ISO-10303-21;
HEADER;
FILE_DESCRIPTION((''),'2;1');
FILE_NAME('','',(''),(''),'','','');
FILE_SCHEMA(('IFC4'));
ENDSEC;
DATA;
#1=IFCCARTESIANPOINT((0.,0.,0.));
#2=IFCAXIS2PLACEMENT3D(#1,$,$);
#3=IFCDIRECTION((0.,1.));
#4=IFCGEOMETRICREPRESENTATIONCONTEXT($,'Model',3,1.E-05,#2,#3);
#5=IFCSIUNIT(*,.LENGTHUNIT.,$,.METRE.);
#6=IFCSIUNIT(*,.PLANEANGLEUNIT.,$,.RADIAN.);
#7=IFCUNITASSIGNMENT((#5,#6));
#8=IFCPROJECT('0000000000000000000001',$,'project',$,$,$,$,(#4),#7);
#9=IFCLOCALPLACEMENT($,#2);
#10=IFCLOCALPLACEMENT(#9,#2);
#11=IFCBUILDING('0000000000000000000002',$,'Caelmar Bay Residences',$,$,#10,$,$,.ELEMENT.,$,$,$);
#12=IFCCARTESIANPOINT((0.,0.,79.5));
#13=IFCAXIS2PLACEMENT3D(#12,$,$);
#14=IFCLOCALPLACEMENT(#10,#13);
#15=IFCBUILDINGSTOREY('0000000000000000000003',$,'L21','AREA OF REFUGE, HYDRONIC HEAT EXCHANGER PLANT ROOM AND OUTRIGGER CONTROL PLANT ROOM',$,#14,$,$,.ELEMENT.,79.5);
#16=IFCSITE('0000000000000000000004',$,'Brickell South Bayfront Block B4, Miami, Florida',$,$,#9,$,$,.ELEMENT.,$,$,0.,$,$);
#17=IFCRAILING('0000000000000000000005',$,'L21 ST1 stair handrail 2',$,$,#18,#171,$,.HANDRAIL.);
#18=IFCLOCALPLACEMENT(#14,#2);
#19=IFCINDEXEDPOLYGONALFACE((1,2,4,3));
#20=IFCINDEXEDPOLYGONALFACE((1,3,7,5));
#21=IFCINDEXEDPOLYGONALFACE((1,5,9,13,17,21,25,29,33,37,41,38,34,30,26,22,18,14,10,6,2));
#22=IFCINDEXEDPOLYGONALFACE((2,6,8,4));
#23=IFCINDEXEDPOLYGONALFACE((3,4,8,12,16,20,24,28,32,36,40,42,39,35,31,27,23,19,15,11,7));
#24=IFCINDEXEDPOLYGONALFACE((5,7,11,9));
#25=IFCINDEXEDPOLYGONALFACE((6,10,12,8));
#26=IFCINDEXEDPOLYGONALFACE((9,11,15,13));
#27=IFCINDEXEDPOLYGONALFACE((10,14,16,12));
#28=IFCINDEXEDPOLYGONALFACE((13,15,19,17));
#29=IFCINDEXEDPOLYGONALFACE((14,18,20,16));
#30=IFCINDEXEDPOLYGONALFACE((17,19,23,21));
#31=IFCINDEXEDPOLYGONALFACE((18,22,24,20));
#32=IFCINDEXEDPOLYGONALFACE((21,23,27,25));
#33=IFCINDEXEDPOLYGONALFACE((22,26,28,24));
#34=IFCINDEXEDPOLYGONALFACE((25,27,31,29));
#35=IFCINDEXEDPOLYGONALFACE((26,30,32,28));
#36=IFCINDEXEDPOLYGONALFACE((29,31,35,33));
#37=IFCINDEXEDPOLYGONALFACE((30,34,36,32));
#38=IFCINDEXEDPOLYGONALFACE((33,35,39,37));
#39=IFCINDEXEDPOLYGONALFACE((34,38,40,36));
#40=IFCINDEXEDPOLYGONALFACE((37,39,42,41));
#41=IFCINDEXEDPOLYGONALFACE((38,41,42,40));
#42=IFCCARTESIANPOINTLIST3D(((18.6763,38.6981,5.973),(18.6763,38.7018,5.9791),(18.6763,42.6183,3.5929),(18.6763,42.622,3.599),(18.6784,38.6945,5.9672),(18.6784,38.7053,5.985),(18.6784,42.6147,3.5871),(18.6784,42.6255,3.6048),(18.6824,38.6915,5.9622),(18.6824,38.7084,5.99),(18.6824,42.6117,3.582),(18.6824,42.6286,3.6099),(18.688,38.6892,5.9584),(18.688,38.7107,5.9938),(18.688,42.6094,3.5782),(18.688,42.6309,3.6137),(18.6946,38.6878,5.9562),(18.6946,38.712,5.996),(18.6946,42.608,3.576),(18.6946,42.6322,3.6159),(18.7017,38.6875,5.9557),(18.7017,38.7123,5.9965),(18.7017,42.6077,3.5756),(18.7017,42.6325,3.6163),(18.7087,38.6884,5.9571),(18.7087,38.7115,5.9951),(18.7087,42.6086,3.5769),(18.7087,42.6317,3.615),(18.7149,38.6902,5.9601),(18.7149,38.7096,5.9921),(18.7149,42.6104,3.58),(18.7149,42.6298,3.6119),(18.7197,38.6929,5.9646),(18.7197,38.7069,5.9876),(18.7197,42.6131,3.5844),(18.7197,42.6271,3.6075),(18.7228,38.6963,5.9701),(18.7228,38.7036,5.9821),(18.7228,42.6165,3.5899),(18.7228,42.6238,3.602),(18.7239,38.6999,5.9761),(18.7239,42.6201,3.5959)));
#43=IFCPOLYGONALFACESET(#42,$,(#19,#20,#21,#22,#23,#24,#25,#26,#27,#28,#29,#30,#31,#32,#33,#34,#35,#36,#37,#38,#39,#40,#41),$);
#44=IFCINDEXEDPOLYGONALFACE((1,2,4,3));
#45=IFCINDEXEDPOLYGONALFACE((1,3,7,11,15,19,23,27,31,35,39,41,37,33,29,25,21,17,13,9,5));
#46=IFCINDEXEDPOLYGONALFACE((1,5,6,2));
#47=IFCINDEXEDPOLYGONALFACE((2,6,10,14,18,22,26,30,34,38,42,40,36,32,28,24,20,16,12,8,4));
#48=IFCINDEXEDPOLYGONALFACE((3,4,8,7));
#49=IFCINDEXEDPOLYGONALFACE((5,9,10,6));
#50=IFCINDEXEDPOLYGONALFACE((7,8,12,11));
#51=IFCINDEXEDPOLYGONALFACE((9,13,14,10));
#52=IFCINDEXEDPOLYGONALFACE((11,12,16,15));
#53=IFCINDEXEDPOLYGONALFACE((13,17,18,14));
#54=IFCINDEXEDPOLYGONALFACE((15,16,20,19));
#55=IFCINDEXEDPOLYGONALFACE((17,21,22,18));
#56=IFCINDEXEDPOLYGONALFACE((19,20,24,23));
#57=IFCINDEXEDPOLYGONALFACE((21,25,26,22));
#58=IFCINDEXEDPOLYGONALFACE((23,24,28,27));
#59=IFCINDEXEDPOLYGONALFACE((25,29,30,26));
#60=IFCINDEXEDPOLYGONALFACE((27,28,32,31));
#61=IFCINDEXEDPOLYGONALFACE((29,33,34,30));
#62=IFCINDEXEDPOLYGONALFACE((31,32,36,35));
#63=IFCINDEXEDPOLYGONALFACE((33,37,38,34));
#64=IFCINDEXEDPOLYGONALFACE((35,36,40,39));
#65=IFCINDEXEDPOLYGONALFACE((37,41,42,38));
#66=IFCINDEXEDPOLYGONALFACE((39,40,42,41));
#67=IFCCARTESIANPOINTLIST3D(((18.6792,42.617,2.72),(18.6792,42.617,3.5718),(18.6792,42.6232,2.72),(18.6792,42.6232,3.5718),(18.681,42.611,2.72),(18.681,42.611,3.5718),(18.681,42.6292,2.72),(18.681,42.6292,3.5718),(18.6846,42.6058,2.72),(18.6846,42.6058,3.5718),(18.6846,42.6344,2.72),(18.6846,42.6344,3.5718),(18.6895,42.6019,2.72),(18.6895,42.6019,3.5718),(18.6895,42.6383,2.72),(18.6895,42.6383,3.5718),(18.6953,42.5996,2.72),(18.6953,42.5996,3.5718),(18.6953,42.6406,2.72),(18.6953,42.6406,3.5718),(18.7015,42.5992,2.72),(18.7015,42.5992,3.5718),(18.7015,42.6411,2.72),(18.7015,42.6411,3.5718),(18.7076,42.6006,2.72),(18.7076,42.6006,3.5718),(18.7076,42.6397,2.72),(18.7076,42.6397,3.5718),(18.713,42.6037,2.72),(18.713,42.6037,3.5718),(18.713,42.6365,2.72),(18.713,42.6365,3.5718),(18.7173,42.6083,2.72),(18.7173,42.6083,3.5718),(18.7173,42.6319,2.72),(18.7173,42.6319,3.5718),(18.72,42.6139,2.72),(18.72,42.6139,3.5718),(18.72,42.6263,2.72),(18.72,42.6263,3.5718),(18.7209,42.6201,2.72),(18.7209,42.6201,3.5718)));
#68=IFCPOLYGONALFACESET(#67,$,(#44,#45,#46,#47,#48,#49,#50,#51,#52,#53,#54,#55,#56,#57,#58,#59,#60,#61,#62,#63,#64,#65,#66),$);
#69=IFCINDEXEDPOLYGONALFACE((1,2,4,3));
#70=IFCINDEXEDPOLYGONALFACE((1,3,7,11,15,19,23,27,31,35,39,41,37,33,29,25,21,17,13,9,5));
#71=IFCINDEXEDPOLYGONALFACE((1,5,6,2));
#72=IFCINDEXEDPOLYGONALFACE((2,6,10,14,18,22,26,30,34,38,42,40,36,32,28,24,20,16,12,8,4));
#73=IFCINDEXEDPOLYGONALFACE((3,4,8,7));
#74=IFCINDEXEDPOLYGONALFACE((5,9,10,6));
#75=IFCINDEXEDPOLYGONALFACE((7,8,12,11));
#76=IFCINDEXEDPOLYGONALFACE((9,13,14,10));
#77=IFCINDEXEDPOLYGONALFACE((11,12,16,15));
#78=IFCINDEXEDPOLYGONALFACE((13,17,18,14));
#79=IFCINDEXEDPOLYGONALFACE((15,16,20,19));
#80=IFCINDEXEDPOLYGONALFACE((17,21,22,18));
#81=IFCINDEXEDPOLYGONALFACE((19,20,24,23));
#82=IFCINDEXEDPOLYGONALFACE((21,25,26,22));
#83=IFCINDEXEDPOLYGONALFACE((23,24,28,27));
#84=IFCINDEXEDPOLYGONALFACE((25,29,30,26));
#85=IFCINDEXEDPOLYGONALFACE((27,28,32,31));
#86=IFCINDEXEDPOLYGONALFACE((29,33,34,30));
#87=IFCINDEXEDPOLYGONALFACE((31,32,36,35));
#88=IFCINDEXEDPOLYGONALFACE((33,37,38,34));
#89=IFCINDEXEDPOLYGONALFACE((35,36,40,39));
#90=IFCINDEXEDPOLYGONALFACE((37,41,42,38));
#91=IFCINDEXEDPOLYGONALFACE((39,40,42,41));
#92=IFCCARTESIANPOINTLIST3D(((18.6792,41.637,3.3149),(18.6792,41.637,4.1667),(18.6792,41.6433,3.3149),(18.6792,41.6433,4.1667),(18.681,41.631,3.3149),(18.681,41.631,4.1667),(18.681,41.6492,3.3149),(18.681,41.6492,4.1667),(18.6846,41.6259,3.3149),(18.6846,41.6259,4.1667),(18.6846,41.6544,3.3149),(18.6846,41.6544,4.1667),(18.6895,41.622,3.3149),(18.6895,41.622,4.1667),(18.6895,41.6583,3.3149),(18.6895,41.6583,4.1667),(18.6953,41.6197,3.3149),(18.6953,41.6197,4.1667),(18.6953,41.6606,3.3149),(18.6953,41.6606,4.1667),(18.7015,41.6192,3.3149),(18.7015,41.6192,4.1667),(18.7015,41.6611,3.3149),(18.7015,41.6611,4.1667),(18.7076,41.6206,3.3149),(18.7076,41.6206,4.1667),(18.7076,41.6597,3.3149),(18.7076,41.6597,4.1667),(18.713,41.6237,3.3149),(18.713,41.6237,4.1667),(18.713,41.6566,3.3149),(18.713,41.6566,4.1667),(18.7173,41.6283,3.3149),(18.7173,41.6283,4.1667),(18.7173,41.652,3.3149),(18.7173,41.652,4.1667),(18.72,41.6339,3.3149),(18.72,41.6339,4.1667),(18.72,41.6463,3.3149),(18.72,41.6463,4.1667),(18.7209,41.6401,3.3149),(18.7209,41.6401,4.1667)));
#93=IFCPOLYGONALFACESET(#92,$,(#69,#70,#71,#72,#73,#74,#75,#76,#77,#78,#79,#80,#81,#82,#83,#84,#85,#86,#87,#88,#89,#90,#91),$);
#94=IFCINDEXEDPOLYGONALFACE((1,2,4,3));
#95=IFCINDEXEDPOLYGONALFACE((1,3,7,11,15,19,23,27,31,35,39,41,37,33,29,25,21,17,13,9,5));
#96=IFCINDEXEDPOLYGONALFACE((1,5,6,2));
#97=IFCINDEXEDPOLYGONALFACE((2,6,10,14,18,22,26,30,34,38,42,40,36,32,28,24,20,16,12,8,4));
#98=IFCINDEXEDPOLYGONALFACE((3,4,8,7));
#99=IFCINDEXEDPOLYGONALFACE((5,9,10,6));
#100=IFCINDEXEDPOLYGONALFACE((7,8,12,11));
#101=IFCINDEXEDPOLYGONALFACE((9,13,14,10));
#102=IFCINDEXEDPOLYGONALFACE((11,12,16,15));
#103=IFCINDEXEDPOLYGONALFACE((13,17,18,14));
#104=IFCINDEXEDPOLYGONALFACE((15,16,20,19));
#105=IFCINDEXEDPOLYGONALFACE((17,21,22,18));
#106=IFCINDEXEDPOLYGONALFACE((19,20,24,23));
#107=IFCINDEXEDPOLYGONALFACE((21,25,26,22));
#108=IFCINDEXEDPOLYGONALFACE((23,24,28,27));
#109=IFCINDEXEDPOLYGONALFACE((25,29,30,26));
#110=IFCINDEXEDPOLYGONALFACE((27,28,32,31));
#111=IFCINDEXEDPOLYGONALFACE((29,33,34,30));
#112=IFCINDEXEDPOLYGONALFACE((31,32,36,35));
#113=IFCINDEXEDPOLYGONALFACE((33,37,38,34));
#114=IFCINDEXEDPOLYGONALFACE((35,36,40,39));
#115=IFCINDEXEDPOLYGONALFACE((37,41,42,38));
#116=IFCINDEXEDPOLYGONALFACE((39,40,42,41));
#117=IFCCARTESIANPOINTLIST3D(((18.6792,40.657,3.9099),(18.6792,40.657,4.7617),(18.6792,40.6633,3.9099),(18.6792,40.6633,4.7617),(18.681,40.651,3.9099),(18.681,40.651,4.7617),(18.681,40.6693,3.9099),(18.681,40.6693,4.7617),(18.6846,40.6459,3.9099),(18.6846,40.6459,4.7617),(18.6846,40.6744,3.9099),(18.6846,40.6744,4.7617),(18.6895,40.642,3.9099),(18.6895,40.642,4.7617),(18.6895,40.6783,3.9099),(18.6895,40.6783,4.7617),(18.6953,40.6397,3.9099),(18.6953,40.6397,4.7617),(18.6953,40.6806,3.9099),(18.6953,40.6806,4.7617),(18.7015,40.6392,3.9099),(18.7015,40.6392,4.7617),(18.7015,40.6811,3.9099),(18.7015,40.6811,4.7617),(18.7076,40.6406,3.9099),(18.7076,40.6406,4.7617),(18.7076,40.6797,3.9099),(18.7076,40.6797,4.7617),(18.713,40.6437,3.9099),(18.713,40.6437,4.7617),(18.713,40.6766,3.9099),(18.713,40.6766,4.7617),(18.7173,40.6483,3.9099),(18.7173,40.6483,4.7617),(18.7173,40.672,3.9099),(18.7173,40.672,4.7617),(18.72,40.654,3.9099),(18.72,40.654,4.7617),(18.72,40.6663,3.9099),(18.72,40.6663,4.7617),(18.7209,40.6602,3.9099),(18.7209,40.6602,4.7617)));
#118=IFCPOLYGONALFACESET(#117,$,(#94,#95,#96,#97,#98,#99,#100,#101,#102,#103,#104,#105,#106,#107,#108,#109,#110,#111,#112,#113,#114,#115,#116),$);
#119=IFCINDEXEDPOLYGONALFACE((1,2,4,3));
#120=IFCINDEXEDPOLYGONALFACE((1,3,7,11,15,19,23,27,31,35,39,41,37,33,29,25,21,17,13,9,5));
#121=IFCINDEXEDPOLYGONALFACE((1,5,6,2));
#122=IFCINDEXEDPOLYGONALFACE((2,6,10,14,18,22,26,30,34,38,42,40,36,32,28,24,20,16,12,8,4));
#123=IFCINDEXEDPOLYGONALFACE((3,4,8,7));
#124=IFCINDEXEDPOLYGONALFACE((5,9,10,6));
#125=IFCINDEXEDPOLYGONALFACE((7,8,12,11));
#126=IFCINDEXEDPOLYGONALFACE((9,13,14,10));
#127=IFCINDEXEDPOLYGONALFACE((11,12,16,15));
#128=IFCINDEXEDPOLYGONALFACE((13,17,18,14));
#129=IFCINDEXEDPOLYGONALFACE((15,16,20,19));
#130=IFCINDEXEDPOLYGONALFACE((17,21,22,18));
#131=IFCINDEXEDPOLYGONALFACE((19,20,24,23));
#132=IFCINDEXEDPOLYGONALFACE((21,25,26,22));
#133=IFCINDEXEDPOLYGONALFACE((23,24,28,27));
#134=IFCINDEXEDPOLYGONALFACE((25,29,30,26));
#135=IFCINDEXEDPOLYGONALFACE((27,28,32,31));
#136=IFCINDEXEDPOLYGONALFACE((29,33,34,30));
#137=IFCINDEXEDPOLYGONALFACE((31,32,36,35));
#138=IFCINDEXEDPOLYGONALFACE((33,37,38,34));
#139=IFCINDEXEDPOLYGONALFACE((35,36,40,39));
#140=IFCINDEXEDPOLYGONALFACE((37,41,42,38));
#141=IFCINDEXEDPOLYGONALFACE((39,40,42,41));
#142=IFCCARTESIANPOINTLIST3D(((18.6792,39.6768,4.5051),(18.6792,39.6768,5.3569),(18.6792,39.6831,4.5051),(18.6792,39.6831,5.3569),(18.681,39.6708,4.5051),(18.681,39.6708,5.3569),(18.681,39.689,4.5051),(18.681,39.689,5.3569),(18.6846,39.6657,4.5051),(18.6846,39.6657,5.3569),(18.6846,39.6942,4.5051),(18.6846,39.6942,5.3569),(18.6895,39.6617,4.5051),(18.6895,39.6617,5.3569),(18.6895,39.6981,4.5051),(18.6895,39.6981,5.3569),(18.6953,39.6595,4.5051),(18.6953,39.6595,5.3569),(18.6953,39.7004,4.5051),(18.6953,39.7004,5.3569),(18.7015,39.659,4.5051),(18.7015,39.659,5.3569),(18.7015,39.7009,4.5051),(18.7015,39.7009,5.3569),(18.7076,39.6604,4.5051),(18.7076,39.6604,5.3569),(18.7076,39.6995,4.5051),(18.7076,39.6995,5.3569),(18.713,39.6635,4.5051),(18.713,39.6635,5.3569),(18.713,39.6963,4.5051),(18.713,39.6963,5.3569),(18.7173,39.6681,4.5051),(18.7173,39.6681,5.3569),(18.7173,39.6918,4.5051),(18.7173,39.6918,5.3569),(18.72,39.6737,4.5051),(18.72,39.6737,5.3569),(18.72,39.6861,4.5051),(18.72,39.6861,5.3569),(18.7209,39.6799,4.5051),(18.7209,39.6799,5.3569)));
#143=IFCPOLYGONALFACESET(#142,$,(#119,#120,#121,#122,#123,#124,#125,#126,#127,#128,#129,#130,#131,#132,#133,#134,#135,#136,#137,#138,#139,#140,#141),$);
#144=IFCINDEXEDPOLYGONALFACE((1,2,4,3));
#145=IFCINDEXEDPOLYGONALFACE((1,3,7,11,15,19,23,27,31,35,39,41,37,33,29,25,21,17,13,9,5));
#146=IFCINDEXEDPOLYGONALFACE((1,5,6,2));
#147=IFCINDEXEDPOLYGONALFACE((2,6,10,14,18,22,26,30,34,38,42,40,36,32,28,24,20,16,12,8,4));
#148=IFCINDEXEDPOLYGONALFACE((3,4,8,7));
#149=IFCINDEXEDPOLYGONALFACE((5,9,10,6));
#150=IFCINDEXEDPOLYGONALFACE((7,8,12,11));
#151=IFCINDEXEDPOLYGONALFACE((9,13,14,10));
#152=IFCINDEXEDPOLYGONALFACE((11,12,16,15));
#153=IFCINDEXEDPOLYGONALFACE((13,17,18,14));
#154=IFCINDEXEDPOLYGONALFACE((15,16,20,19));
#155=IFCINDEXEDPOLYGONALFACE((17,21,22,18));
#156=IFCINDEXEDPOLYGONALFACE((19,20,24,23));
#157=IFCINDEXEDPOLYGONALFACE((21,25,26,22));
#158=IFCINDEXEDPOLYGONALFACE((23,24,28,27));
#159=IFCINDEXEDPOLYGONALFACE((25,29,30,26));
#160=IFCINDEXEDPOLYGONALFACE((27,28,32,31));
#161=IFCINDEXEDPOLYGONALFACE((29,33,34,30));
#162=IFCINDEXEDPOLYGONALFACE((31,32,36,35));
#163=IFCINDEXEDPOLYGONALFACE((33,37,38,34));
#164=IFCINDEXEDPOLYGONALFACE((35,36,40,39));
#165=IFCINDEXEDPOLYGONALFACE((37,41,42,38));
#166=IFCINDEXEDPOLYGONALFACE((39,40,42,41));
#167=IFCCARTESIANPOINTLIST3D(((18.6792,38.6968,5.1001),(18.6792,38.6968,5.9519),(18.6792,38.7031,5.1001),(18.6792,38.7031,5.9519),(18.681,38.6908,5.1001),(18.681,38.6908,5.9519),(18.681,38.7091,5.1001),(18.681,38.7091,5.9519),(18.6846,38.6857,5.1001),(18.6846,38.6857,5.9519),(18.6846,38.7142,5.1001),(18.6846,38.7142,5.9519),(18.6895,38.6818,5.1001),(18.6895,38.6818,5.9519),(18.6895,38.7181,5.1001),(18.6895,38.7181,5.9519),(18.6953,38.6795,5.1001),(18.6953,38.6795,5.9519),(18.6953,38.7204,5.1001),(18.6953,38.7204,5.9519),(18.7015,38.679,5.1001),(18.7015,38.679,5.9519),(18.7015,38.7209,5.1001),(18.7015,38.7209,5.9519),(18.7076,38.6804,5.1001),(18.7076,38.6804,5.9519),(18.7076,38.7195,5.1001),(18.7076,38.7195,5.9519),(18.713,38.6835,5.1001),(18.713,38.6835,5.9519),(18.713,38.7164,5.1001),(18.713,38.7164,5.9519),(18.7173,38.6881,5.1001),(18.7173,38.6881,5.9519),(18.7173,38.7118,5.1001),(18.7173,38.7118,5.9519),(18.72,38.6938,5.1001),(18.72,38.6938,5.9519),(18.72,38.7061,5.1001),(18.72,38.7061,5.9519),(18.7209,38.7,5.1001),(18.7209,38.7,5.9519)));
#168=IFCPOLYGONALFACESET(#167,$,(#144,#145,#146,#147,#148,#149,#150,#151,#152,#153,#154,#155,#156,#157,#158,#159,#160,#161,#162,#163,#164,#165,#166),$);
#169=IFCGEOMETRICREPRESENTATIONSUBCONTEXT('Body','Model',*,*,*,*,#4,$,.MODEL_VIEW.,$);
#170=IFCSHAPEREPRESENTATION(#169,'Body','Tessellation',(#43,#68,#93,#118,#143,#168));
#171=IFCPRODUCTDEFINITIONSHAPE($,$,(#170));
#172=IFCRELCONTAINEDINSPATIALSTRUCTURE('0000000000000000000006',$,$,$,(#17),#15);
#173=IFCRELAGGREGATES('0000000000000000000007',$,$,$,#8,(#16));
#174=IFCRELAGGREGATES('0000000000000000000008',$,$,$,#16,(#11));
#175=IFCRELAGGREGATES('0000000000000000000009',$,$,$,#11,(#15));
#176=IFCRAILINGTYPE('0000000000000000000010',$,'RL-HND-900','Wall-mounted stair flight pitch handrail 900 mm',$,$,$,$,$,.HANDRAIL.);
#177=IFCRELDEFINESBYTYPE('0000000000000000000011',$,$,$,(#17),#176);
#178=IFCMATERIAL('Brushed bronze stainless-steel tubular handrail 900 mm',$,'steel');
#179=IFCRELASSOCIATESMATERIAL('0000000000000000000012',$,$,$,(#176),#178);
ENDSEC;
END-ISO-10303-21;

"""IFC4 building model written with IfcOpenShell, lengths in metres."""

from ifc_helpers import new_model, si_unit, direction, frame, origin, origin_2d, place, context, subcontext, project, spatial, circle, extrude, material, type_object, element, save


model = new_model("IFC4")

# Units and contexts
model_context = context("Model", 3, precision=1e-05, world=origin(), true_north=direction((0.0, 1.0)))
body_context = subcontext(model_context, "Body", "Model", "MODEL_VIEW")
ifc_project = project(units=[si_unit("LENGTHUNIT", "METRE"), si_unit("PLANEANGLEUNIT", "RADIAN")], contexts=[model_context])

# Site, building, storey
site_placement = place(None, origin())
site = spatial("IfcSite", under=ifc_project, at=site_placement, Name="Brickell South Bayfront Block B4, Miami, Florida", CompositionType="ELEMENT", RefElevation=0.0)
building_placement = place(site_placement, origin())
building = spatial("IfcBuilding", under=site, at=building_placement, Name="Caelmar Bay Residences", CompositionType="ELEMENT")
storey_placement = place(building_placement, frame((0.0, 0.0, 79.5)))
storey = spatial("IfcBuildingStorey", under=building, at=storey_placement, Name="L21", Description="AREA OF REFUGE, HYDRONIC HEAT EXCHANGER PLANT ROOM AND OUTRIGGER CONTROL PLANT ROOM", CompositionType="ELEMENT", Elevation=79.5)

# Railing
ifc_material_1 = material(Name="Brushed bronze stainless-steel tubular handrail 900 mm", Category="steel")
railing_type_1 = type_object("IfcRailingType", Name="RL-HND-900", Description="Wall-mounted stair flight pitch handrail 900 mm", PredefinedType="HANDRAIL", material=ifc_material_1)
railing_1_placement = place(storey_placement, frame((18.7, 42.6201, 2.72)))
element("IfcRailing", 1, at=railing_1_placement, inside=storey, type_object=railing_type_1, Name="L21 ST1 stair handrail 2", PredefinedType="HANDRAIL", context=body_context, shape_type="SweptSolid", body=[
    extrude(circle(Radius=0.0239, at=origin_2d()), frame((0.0, 0.0, 0.876), z_axis=(0.0, -0.854785, 0.518982), x_axis=(1.0, 0.0, 0.0)), (0.0, 0.0, 1.0), 4.5862),
    extrude(circle(Radius=0.021, at=origin_2d()), origin(), (0.0, 0.0, 1.0), 0.8518),
    extrude(circle(Radius=0.021, at=origin_2d()), frame((0.0, -0.98, 0.595)), (0.0, 0.0, 1.0), 0.8518),
    extrude(circle(Radius=0.021, at=origin_2d()), frame((0.0, -1.96, 1.1899)), (0.0, 0.0, 1.0), 0.8518),
    extrude(circle(Radius=0.021, at=origin_2d()), frame((0.0, -2.9402, 1.7852)), (0.0, 0.0, 1.0), 0.8518),
    extrude(circle(Radius=0.021, at=origin_2d()), frame((0.0, -3.9202, 2.3801)), (0.0, 0.0, 1.0), 0.8518),
])

save(model, "model.ifc")
